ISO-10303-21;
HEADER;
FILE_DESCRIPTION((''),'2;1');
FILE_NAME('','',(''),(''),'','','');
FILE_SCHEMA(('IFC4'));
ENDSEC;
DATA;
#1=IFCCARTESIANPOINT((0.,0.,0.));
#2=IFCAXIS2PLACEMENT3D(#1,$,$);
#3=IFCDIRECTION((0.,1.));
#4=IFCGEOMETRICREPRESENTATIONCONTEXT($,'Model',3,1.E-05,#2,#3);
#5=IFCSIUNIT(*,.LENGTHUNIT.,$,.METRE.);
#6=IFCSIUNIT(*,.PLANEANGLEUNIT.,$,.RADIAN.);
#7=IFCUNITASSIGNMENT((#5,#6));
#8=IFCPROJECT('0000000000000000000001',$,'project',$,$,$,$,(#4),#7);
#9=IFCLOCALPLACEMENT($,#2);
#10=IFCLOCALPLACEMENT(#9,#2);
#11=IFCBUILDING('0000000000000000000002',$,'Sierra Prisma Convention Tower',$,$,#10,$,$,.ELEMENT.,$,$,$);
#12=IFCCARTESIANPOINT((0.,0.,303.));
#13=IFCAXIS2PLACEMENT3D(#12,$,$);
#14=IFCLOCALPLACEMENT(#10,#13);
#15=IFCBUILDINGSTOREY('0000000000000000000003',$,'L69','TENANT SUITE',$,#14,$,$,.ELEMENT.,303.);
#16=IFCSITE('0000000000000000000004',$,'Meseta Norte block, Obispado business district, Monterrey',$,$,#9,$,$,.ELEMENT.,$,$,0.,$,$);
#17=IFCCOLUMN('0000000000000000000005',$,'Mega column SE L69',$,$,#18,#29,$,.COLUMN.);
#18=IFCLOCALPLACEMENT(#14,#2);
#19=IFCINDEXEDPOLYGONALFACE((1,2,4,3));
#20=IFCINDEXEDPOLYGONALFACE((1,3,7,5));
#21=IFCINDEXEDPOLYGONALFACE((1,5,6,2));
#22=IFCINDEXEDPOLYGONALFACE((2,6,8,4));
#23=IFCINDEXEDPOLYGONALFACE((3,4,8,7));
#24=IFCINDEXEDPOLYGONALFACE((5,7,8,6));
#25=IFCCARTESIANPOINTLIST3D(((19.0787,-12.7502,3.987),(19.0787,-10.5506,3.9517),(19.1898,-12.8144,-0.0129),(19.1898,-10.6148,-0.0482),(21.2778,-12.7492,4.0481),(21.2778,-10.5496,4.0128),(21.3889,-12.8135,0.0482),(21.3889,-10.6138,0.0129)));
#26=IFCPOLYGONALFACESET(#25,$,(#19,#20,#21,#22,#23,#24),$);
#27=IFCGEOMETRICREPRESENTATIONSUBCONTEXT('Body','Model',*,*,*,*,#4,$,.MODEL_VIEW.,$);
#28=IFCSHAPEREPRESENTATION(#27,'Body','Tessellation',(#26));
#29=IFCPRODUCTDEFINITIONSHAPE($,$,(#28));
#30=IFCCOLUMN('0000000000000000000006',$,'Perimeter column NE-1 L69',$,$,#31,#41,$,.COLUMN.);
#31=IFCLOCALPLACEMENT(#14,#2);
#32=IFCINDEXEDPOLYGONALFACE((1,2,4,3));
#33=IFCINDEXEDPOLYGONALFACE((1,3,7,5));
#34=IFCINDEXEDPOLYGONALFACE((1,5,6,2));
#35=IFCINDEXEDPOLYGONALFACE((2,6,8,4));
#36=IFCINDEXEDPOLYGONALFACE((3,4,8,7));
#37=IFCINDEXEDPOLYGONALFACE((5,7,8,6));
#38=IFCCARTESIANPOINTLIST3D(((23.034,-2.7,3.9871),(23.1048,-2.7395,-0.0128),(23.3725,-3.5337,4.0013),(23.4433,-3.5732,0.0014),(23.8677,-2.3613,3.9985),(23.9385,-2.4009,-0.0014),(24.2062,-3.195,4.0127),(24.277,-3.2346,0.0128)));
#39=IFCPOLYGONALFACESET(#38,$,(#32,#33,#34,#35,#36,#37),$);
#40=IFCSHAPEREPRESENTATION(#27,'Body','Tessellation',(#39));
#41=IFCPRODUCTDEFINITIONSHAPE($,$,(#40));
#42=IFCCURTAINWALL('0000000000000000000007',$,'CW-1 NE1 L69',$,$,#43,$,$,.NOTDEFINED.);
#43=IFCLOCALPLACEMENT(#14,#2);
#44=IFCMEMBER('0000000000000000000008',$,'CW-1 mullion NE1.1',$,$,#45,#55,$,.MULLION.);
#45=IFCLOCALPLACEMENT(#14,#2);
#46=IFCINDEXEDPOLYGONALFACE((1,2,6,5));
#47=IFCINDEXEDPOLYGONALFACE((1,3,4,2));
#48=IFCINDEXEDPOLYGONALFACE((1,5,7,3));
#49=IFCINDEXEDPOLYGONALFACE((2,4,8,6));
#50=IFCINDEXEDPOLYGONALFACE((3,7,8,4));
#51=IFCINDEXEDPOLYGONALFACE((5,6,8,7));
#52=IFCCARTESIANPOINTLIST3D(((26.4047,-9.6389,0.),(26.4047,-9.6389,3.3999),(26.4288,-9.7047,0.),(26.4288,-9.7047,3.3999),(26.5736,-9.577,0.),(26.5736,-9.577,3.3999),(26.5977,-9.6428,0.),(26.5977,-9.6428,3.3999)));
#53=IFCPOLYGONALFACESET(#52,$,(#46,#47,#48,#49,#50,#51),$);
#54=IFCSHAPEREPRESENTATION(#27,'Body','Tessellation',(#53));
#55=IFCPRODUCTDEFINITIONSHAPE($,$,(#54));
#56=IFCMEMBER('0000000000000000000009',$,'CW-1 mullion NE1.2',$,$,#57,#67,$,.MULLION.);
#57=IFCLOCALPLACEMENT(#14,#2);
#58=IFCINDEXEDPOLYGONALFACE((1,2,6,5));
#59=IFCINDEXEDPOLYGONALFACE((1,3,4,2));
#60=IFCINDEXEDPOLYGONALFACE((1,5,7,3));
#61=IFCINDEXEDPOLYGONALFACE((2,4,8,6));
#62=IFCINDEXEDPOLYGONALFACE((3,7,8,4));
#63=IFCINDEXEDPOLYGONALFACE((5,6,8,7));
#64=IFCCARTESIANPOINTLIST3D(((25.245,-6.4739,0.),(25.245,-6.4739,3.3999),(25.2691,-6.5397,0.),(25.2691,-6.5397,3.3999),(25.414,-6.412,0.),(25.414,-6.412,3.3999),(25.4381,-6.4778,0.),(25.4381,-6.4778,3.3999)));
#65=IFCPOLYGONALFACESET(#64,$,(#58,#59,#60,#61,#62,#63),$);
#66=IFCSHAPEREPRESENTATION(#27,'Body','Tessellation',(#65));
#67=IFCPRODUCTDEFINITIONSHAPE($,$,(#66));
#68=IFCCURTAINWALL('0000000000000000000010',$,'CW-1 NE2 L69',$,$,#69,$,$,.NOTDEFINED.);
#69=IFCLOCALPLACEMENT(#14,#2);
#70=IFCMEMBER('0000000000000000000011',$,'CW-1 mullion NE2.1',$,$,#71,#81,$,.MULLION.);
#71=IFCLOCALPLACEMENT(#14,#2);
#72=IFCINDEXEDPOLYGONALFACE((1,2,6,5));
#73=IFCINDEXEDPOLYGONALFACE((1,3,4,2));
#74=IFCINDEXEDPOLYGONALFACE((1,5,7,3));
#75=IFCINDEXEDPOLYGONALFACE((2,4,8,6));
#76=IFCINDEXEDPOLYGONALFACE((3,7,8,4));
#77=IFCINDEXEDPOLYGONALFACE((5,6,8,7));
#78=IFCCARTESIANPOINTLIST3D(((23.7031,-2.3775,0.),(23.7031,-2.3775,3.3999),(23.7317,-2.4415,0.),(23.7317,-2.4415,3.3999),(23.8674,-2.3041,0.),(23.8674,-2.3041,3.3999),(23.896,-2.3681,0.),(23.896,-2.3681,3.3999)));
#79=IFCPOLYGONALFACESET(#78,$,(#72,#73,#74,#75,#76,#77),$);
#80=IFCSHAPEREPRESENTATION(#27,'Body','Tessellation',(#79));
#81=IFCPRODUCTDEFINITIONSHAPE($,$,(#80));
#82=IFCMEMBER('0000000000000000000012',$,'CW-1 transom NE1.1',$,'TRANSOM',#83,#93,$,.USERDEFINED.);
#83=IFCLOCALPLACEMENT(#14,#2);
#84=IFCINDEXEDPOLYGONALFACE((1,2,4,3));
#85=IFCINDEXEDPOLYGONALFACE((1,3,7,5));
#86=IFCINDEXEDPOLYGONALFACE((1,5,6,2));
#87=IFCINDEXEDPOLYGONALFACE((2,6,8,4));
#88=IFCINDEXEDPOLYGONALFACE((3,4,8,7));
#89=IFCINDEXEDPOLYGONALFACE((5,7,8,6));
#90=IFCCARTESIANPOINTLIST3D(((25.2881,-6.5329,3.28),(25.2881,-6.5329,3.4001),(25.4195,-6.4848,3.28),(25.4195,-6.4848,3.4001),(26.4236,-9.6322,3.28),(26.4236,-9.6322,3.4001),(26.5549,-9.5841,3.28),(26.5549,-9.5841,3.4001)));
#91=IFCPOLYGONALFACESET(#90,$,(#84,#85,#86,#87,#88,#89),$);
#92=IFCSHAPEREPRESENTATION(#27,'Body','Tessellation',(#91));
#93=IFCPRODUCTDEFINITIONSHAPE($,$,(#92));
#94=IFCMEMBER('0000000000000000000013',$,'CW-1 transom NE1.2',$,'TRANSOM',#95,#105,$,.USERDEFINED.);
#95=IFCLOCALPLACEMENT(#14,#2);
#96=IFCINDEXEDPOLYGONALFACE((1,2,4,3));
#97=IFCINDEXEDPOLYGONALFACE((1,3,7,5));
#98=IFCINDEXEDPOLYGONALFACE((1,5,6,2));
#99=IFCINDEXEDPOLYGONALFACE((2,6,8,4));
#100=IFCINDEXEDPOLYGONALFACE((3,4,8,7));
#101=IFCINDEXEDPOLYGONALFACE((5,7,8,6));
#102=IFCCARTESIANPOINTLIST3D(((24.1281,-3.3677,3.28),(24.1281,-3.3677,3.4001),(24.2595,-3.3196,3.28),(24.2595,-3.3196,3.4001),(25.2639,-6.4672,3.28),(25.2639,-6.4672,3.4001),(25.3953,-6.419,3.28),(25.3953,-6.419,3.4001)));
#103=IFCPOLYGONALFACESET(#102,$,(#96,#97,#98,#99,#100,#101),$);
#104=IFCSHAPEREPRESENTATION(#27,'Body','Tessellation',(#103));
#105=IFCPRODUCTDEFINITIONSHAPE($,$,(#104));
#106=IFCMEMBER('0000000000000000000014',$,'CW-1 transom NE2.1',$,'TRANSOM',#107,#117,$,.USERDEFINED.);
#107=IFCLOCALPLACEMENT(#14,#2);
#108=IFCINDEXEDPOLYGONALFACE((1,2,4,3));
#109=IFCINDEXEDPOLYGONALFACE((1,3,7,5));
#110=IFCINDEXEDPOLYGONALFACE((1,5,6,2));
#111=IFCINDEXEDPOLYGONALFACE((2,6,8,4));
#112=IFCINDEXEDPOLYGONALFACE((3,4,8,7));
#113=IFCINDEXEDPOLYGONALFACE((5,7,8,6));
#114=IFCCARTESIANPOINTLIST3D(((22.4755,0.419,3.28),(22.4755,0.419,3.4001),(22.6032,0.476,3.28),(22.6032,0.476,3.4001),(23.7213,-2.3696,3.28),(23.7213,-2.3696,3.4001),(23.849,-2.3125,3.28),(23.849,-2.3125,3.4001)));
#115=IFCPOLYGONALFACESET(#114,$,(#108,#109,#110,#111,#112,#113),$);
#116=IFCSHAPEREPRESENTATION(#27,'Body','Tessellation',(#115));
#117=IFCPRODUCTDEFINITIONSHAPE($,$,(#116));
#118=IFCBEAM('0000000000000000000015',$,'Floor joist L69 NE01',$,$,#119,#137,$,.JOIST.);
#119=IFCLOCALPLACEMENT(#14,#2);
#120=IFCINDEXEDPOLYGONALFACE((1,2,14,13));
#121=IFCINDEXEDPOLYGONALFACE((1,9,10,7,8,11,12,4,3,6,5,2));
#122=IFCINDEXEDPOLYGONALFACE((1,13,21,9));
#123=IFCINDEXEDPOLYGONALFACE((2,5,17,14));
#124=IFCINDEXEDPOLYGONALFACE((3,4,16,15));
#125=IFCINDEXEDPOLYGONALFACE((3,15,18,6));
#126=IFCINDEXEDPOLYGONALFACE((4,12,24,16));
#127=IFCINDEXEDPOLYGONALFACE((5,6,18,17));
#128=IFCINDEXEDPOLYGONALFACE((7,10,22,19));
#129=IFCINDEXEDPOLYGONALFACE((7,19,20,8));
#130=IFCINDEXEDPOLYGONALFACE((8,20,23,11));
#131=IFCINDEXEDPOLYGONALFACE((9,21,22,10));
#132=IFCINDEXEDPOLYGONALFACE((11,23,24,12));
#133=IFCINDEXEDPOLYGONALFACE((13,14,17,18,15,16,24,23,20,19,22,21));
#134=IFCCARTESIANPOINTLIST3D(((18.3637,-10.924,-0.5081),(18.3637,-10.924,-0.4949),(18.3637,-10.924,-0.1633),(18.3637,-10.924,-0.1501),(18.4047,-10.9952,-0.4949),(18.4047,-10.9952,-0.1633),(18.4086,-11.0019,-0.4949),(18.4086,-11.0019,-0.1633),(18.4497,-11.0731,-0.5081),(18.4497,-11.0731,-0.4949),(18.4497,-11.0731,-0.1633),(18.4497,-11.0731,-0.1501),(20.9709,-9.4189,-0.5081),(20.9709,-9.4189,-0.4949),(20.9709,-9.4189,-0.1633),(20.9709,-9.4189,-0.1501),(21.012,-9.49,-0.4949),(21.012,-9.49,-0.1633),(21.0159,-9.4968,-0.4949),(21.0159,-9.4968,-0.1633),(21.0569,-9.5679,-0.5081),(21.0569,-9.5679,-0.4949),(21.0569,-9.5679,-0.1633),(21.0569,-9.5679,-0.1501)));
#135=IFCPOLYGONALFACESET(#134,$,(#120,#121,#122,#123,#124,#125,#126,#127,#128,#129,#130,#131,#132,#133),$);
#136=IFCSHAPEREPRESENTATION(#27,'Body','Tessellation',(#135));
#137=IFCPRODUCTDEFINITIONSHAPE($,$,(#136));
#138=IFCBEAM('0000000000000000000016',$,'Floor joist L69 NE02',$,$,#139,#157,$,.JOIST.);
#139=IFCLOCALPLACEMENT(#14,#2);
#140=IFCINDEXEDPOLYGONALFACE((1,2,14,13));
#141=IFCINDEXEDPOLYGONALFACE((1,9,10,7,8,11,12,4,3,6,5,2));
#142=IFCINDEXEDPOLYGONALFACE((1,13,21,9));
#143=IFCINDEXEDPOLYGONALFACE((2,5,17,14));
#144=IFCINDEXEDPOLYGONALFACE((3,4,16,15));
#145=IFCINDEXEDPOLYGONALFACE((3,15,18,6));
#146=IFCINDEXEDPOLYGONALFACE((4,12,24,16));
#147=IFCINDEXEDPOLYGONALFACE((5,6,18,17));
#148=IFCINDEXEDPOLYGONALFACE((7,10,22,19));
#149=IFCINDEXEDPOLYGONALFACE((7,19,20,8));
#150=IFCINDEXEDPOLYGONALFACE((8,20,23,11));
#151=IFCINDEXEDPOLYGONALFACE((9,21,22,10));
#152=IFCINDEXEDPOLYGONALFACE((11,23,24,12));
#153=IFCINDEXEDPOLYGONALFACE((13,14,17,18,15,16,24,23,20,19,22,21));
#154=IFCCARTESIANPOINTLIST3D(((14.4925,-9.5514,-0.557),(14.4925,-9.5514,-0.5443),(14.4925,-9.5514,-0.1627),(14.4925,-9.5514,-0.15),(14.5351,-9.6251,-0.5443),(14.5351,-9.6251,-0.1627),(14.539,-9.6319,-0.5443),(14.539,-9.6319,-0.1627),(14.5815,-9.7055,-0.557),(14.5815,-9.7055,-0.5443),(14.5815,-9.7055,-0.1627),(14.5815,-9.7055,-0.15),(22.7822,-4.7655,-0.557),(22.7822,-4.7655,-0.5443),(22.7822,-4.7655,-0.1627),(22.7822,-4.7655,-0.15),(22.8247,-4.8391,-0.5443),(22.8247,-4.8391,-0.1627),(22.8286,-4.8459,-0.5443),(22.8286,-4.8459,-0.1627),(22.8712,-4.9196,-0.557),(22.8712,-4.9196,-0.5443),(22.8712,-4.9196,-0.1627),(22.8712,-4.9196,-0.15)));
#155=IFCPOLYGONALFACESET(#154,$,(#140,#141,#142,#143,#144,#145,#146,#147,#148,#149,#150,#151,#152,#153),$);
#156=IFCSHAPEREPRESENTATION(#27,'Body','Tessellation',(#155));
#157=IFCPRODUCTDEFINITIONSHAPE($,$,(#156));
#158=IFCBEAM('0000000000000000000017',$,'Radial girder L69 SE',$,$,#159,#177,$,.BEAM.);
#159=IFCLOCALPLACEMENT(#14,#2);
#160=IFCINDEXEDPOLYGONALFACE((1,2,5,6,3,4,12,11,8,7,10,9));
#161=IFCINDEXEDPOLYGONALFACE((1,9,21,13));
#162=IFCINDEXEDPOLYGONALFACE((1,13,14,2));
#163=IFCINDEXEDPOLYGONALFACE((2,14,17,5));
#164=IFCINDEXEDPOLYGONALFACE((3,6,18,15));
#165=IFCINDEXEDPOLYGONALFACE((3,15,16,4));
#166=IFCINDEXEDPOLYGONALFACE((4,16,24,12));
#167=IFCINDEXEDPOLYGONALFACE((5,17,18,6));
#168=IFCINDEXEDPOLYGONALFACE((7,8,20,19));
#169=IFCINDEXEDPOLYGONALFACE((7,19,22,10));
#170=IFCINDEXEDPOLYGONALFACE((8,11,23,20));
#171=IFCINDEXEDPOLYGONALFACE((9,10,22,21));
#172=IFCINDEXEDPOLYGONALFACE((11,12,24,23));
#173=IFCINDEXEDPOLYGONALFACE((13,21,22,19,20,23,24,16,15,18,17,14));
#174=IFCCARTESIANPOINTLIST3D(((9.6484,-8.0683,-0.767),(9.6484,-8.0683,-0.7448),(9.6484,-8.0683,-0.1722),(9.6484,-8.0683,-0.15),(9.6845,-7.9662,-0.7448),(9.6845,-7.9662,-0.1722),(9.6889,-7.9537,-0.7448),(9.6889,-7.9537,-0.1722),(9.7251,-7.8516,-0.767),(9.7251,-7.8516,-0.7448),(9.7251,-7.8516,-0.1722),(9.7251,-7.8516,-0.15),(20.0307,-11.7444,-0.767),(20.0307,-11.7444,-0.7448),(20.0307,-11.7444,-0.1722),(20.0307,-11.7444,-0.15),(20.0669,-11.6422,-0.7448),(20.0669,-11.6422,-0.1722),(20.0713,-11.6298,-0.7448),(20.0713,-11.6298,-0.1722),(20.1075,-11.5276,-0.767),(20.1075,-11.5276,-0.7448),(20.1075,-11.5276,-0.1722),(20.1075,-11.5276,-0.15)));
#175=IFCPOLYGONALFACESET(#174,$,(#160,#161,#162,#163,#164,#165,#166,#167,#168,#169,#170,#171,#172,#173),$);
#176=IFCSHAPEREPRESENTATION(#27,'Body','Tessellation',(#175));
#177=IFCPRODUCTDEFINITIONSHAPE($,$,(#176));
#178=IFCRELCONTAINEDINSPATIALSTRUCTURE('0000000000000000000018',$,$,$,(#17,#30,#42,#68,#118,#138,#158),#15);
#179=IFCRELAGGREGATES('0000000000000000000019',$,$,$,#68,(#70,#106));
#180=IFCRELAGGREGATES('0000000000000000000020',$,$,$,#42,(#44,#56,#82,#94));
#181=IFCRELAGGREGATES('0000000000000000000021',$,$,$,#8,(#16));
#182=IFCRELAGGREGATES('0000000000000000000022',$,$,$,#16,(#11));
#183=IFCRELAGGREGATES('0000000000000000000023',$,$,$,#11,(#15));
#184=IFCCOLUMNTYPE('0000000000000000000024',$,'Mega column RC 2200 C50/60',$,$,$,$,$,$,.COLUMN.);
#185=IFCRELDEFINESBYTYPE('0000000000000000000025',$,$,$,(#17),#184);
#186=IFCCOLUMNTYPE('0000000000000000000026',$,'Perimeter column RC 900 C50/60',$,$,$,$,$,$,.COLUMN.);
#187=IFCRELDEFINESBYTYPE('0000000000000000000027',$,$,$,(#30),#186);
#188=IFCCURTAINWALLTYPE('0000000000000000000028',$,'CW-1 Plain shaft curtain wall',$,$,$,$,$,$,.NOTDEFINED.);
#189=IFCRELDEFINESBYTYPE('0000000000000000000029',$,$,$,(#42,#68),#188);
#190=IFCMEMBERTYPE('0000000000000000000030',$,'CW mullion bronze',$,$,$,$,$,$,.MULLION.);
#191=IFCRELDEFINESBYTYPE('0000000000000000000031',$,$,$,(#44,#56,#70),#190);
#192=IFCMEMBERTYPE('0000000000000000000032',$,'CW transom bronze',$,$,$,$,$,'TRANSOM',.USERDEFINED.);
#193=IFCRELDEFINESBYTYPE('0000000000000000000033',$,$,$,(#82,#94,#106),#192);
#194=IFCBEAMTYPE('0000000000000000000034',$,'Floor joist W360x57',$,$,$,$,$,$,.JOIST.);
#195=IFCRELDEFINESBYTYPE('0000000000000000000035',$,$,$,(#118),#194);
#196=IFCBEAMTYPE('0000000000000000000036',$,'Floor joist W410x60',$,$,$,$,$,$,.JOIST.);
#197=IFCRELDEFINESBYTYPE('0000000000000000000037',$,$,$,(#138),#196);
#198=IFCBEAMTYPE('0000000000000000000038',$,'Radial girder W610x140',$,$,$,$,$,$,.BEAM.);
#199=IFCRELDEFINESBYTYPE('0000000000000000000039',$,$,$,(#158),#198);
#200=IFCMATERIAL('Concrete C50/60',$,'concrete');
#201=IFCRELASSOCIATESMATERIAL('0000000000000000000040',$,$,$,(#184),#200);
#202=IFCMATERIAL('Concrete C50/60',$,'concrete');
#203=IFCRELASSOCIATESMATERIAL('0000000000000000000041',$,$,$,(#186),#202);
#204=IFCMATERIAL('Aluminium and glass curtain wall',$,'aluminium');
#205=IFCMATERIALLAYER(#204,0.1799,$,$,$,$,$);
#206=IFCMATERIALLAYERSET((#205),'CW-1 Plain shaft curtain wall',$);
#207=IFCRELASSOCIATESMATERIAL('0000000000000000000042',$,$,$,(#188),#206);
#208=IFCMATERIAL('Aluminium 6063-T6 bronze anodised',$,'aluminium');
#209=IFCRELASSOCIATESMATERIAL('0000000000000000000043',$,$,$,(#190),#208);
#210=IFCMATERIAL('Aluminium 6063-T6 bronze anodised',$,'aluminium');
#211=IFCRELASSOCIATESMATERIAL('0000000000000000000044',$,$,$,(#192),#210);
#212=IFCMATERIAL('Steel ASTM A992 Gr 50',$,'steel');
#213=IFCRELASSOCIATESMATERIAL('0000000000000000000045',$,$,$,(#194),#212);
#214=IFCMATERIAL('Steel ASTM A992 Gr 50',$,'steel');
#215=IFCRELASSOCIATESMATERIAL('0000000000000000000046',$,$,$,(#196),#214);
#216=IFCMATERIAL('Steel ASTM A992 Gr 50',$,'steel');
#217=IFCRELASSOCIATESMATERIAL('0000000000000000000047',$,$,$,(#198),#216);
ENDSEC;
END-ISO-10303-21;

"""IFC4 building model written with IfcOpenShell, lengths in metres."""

from ifc_helpers import new_model, si_unit, direction, frame, origin, origin_2d, place, context, subcontext, project, spatial, rectangle, i_section, extrude, material, layer, layer_set, material_profile, profile_set, type_object, element, aggregate, save


model = new_model("IFC4")

# Units and contexts
model_context = context("Model", 3, precision=1e-05, world=origin(), true_north=direction((0.0, 1.0)))
body_context = subcontext(model_context, "Body", "Model", "MODEL_VIEW")
ifc_project = project(units=[si_unit("LENGTHUNIT", "METRE"), si_unit("PLANEANGLEUNIT", "RADIAN")], contexts=[model_context])

# Site, building, storey
site_placement = place(None, origin())
site = spatial("IfcSite", under=ifc_project, at=site_placement, Name="Meseta Norte block, Obispado business district, Monterrey", CompositionType="ELEMENT", RefElevation=0.0)
building_placement = place(site_placement, origin())
building = spatial("IfcBuilding", under=site, at=building_placement, Name="Sierra Prisma Convention Tower", CompositionType="ELEMENT")
storey_placement = place(building_placement, frame((0.0, 0.0, 303.0)))
storey = spatial("IfcBuildingStorey", under=building, at=storey_placement, Name="L69", Description="TENANT SUITE", CompositionType="ELEMENT", Elevation=303.0)

# Columns
ifc_material_1 = material(Name="Concrete C50/60", Category="concrete")
ifc_material_profile_1 = material_profile(ifc_material_1, rectangle(XDim=2.2, YDim=2.2, at=origin_2d()), Name="Mega column RC 2200 C50/60")
ifc_profile_set_1 = profile_set([ifc_material_profile_1], Name="Concrete C50/60")
column_type_1 = type_object("IfcColumnType", Name="Mega column RC 2200 C50/60", PredefinedType="COLUMN", material=ifc_profile_set_1)
column_1_placement = place(storey_placement, frame((20.2893, -11.7141, 0.0), z_axis=(-0.027757, 0.016044, 0.999486), x_axis=(0.999615, 0.000446, 0.027753)))
element("IfcColumn", 1, at=column_1_placement, inside=storey, type_object=column_type_1, Name="Mega column SE L69", PredefinedType="COLUMN", context=body_context, shape_type="SweptSolid", body=[
    extrude(rectangle(XDim=2.2, YDim=2.2, at=origin_2d()), origin(), (0.0, 0.0, 1.0), 4.002),
])
ifc_material_2 = material(Name="Concrete C50/60", Category="concrete")
ifc_material_profile_2 = material_profile(ifc_material_2, rectangle(XDim=0.8999, YDim=0.8999, at=origin_2d()), Name="Perimeter column RC 900 C50/60")
ifc_profile_set_2 = profile_set([ifc_material_profile_2], Name="Concrete C50/60")
column_type_2 = type_object("IfcColumnType", Name="Perimeter column RC 900 C50/60", PredefinedType="COLUMN", material=ifc_profile_set_2)
column_2_placement = place(storey_placement, frame((23.6909, -2.9871, 0.0), z_axis=(-0.017697, 0.009886, 0.999795), x_axis=(-0.376141, 0.926427, -0.015818)))
element("IfcColumn", 2, at=column_2_placement, inside=storey, type_object=column_type_2, Name="Perimeter column NE-1 L69", PredefinedType="COLUMN", context=body_context, shape_type="SweptSolid", body=[
    extrude(rectangle(XDim=0.8999, YDim=0.8999, at=origin_2d()), origin(), (0.0, 0.0, 1.0), 4.0007),
])

# Curtain wall, members
ifc_material_3 = material(Name="Aluminium and glass curtain wall", Category="aluminium")
ifc_layer_1 = layer(ifc_material_3, 0.1799)
ifc_layer_set_1 = layer_set([ifc_layer_1], Name="CW-1 Plain shaft curtain wall")
curtain_wall_type = type_object("IfcCurtainWallType", Name="CW-1 Plain shaft curtain wall", PredefinedType="NOTDEFINED", material=ifc_layer_set_1)
curtain_wall_1_placement = place(storey_placement, origin())
curtain_wall_1 = element("IfcCurtainWall", 3, at=curtain_wall_1_placement, inside=storey, type_object=curtain_wall_type, Name="CW-1 NE1 L69", PredefinedType="NOTDEFINED")
ifc_material_4 = material(Name="Aluminium 6063-T6 bronze anodised", Category="aluminium")
ifc_material_profile_3 = material_profile(ifc_material_4, rectangle(XDim=0.1799, YDim=0.0701, at=origin_2d()), Name="ALU MULLION 70x180")
ifc_profile_set_3 = profile_set([ifc_material_profile_3], Name="Aluminium 6063-T6 bronze anodised")
member_type_1 = type_object("IfcMemberType", Name="CW mullion bronze", PredefinedType="MULLION", material=ifc_profile_set_3)
member_1_placement = place(storey_placement, frame((26.5012, -9.6409, 0.0), z_axis=(0.0, 0.0, 1.0), x_axis=(-0.938956, -0.344038, 0.0)))
member_1 = element("IfcMember", 4, at=member_1_placement, type_object=member_type_1, Name="CW-1 mullion NE1.1", PredefinedType="MULLION", context=body_context, shape_type="SweptSolid", body=[
    extrude(rectangle(XDim=0.1799, YDim=0.0701, at=origin_2d()), origin(), (0.0, 0.0, 1.0), 3.3999),
])
member_2_placement = place(storey_placement, frame((25.3416, -6.4758, 0.0), z_axis=(0.0, 0.0, 1.0), x_axis=(-0.938956, -0.344038, 0.0)))
member_2 = element("IfcMember", 5, at=member_2_placement, type_object=member_type_1, Name="CW-1 mullion NE1.2", PredefinedType="MULLION", context=body_context, shape_type="SweptSolid", body=[
    extrude(rectangle(XDim=0.1799, YDim=0.0701, at=origin_2d()), origin(), (0.0, 0.0, 1.0), 3.3999),
])

# Curtain wall, member
curtain_wall_2_placement = place(storey_placement, origin())
curtain_wall_2 = element("IfcCurtainWall", 6, at=curtain_wall_2_placement, inside=storey, type_object=curtain_wall_type, Name="CW-1 NE2 L69", PredefinedType="NOTDEFINED")
member_3_placement = place(storey_placement, frame((23.7996, -2.3728, 0.0), z_axis=(0.0, 0.0, 1.0), x_axis=(-0.91302, -0.407914, 0.0)))
member_3 = element("IfcMember", 7, at=member_3_placement, type_object=member_type_1, Name="CW-1 mullion NE2.1", PredefinedType="MULLION", context=body_context, shape_type="SweptSolid", body=[
    extrude(rectangle(XDim=0.1799, YDim=0.0701, at=origin_2d()), origin(), (0.0, 0.0, 1.0), 3.3999),
])

# Members
ifc_material_5 = material(Name="Aluminium 6063-T6 bronze anodised", Category="aluminium")
ifc_material_profile_4 = material_profile(ifc_material_5, rectangle(XDim=0.1399, YDim=0.1201, at=origin_2d()), Name="ALU TRANSOM 120x140")
ifc_profile_set_4 = profile_set([ifc_material_profile_4], Name="Aluminium 6063-T6 bronze anodised")
member_type_2 = type_object("IfcMemberType", Name="CW transom bronze", ElementType="TRANSOM", PredefinedType="USERDEFINED", material=ifc_profile_set_4)
member_4_placement = place(storey_placement, frame((26.4893, -9.6082, 3.3401), z_axis=(-0.344005, 0.938968, 0.0), x_axis=(-0.938968, -0.344005, 0.0)))
member_4 = element("IfcMember", 8, at=member_4_placement, type_object=member_type_2, Name="CW-1 transom NE1.1", ObjectType="TRANSOM", PredefinedType="USERDEFINED", context=body_context, shape_type="SweptSolid", body=[
    extrude(rectangle(XDim=0.1399, YDim=0.1201, at=origin_2d()), origin(), (0.0, 0.0, 1.0), 3.3008),
])
member_5_placement = place(storey_placement, frame((25.3296, -6.4431, 3.3401), z_axis=(-0.34407, 0.938944, 0.0), x_axis=(-0.938944, -0.34407, 0.0)))
member_5 = element("IfcMember", 9, at=member_5_placement, type_object=member_type_2, Name="CW-1 transom NE1.2", ObjectType="TRANSOM", PredefinedType="USERDEFINED", context=body_context, shape_type="SweptSolid", body=[
    extrude(rectangle(XDim=0.1399, YDim=0.1201, at=origin_2d()), origin(), (0.0, 0.0, 1.0), 3.301),
])
member_6_placement = place(storey_placement, frame((23.7852, -2.3411, 3.3401), z_axis=(-0.40791, 0.913022, 0.0), x_axis=(-0.913022, -0.40791, 0.0)))
member_6 = element("IfcMember", 10, at=member_6_placement, type_object=member_type_2, Name="CW-1 transom NE2.1", ObjectType="TRANSOM", PredefinedType="USERDEFINED", context=body_context, shape_type="SweptSolid", body=[
    extrude(rectangle(XDim=0.1399, YDim=0.1201, at=origin_2d()), origin(), (0.0, 0.0, 1.0), 3.0542),
])
aggregate(curtain_wall_2, [member_3, member_6])

# Beams
ifc_material_6 = material(Name="Steel ASTM A992 Gr 50", Category="steel")
ifc_material_profile_5 = material_profile(ifc_material_6, i_section(OverallWidth=0.1721, OverallDepth=0.3579, WebThickness=0.0078, FlangeThickness=0.0132, at=origin_2d()), Name="W360x57")
ifc_profile_set_5 = profile_set([ifc_material_profile_5], Name="Steel ASTM A992 Gr 50")
beam_type_1 = type_object("IfcBeamType", Name="Floor joist W360x57", PredefinedType="JOIST", material=ifc_profile_set_5)
beam_1_placement = place(storey_placement, frame((21.0139, -9.4934, -0.3291), z_axis=(-0.866044, -0.499968, 0.0), x_axis=(0.499968, -0.866044, 0.0)))
element("IfcBeam", 11, at=beam_1_placement, inside=storey, type_object=beam_type_1, Name="Floor joist L69 NE01", PredefinedType="JOIST", context=body_context, shape_type="SweptSolid", body=[
    extrude(i_section(OverallWidth=0.1721, OverallDepth=0.3579, WebThickness=0.0078, FlangeThickness=0.0132, at=origin_2d()), origin(), (0.0, 0.0, 1.0), 3.0105),
])
ifc_material_7 = material(Name="Steel ASTM A992 Gr 50", Category="steel")
ifc_material_profile_6 = material_profile(ifc_material_7, i_section(OverallWidth=0.178, OverallDepth=0.407, WebThickness=0.0078, FlangeThickness=0.0127, at=origin_2d()), Name="W410x60")
ifc_profile_set_6 = profile_set([ifc_material_profile_6], Name="Steel ASTM A992 Gr 50")
beam_type_2 = type_object("IfcBeamType", Name="Floor joist W410x60", PredefinedType="JOIST", material=ifc_profile_set_6)
beam_2_placement = place(storey_placement, frame((22.8267, -4.8425, -0.3535), z_axis=(-0.866029, -0.499993, 0.0), x_axis=(0.499993, -0.866029, 0.0)))
element("IfcBeam", 12, at=beam_2_placement, inside=storey, type_object=beam_type_2, Name="Floor joist L69 NE02", PredefinedType="JOIST", context=body_context, shape_type="SweptSolid", body=[
    extrude(i_section(OverallWidth=0.178, OverallDepth=0.407, WebThickness=0.0078, FlangeThickness=0.0127, at=origin_2d()), origin(), (0.0, 0.0, 1.0), 9.572),
])
ifc_material_8 = material(Name="Steel ASTM A992 Gr 50", Category="steel")
ifc_material_profile_7 = material_profile(ifc_material_8, i_section(OverallWidth=0.23, OverallDepth=0.6169, WebThickness=0.0132, FlangeThickness=0.0222, at=origin_2d()), Name="W610x140")
ifc_profile_set_7 = profile_set([ifc_material_profile_7], Name="Steel ASTM A992 Gr 50")
beam_type_3 = type_object("IfcBeamType", Name="Radial girder W610x140", PredefinedType="BEAM", material=ifc_profile_set_7)
beam_3_placement = place(storey_placement, frame((20.0691, -11.636, -0.4585), z_axis=(-0.942657, 0.333763, 0.0), x_axis=(-0.333763, -0.942657, 0.0)))
element("IfcBeam", 13, at=beam_3_placement, inside=storey, type_object=beam_type_3, Name="Radial girder L69 SE", PredefinedType="BEAM", context=body_context, shape_type="SweptSolid", body=[
    extrude(i_section(OverallWidth=0.23, OverallDepth=0.6169, WebThickness=0.0132, FlangeThickness=0.0222, at=origin_2d()), origin(), (0.0, 0.0, 1.0), 11.0139),
])

aggregate(curtain_wall_1, [member_1, member_2, member_4, member_5])

save(model, "model.ifc")
